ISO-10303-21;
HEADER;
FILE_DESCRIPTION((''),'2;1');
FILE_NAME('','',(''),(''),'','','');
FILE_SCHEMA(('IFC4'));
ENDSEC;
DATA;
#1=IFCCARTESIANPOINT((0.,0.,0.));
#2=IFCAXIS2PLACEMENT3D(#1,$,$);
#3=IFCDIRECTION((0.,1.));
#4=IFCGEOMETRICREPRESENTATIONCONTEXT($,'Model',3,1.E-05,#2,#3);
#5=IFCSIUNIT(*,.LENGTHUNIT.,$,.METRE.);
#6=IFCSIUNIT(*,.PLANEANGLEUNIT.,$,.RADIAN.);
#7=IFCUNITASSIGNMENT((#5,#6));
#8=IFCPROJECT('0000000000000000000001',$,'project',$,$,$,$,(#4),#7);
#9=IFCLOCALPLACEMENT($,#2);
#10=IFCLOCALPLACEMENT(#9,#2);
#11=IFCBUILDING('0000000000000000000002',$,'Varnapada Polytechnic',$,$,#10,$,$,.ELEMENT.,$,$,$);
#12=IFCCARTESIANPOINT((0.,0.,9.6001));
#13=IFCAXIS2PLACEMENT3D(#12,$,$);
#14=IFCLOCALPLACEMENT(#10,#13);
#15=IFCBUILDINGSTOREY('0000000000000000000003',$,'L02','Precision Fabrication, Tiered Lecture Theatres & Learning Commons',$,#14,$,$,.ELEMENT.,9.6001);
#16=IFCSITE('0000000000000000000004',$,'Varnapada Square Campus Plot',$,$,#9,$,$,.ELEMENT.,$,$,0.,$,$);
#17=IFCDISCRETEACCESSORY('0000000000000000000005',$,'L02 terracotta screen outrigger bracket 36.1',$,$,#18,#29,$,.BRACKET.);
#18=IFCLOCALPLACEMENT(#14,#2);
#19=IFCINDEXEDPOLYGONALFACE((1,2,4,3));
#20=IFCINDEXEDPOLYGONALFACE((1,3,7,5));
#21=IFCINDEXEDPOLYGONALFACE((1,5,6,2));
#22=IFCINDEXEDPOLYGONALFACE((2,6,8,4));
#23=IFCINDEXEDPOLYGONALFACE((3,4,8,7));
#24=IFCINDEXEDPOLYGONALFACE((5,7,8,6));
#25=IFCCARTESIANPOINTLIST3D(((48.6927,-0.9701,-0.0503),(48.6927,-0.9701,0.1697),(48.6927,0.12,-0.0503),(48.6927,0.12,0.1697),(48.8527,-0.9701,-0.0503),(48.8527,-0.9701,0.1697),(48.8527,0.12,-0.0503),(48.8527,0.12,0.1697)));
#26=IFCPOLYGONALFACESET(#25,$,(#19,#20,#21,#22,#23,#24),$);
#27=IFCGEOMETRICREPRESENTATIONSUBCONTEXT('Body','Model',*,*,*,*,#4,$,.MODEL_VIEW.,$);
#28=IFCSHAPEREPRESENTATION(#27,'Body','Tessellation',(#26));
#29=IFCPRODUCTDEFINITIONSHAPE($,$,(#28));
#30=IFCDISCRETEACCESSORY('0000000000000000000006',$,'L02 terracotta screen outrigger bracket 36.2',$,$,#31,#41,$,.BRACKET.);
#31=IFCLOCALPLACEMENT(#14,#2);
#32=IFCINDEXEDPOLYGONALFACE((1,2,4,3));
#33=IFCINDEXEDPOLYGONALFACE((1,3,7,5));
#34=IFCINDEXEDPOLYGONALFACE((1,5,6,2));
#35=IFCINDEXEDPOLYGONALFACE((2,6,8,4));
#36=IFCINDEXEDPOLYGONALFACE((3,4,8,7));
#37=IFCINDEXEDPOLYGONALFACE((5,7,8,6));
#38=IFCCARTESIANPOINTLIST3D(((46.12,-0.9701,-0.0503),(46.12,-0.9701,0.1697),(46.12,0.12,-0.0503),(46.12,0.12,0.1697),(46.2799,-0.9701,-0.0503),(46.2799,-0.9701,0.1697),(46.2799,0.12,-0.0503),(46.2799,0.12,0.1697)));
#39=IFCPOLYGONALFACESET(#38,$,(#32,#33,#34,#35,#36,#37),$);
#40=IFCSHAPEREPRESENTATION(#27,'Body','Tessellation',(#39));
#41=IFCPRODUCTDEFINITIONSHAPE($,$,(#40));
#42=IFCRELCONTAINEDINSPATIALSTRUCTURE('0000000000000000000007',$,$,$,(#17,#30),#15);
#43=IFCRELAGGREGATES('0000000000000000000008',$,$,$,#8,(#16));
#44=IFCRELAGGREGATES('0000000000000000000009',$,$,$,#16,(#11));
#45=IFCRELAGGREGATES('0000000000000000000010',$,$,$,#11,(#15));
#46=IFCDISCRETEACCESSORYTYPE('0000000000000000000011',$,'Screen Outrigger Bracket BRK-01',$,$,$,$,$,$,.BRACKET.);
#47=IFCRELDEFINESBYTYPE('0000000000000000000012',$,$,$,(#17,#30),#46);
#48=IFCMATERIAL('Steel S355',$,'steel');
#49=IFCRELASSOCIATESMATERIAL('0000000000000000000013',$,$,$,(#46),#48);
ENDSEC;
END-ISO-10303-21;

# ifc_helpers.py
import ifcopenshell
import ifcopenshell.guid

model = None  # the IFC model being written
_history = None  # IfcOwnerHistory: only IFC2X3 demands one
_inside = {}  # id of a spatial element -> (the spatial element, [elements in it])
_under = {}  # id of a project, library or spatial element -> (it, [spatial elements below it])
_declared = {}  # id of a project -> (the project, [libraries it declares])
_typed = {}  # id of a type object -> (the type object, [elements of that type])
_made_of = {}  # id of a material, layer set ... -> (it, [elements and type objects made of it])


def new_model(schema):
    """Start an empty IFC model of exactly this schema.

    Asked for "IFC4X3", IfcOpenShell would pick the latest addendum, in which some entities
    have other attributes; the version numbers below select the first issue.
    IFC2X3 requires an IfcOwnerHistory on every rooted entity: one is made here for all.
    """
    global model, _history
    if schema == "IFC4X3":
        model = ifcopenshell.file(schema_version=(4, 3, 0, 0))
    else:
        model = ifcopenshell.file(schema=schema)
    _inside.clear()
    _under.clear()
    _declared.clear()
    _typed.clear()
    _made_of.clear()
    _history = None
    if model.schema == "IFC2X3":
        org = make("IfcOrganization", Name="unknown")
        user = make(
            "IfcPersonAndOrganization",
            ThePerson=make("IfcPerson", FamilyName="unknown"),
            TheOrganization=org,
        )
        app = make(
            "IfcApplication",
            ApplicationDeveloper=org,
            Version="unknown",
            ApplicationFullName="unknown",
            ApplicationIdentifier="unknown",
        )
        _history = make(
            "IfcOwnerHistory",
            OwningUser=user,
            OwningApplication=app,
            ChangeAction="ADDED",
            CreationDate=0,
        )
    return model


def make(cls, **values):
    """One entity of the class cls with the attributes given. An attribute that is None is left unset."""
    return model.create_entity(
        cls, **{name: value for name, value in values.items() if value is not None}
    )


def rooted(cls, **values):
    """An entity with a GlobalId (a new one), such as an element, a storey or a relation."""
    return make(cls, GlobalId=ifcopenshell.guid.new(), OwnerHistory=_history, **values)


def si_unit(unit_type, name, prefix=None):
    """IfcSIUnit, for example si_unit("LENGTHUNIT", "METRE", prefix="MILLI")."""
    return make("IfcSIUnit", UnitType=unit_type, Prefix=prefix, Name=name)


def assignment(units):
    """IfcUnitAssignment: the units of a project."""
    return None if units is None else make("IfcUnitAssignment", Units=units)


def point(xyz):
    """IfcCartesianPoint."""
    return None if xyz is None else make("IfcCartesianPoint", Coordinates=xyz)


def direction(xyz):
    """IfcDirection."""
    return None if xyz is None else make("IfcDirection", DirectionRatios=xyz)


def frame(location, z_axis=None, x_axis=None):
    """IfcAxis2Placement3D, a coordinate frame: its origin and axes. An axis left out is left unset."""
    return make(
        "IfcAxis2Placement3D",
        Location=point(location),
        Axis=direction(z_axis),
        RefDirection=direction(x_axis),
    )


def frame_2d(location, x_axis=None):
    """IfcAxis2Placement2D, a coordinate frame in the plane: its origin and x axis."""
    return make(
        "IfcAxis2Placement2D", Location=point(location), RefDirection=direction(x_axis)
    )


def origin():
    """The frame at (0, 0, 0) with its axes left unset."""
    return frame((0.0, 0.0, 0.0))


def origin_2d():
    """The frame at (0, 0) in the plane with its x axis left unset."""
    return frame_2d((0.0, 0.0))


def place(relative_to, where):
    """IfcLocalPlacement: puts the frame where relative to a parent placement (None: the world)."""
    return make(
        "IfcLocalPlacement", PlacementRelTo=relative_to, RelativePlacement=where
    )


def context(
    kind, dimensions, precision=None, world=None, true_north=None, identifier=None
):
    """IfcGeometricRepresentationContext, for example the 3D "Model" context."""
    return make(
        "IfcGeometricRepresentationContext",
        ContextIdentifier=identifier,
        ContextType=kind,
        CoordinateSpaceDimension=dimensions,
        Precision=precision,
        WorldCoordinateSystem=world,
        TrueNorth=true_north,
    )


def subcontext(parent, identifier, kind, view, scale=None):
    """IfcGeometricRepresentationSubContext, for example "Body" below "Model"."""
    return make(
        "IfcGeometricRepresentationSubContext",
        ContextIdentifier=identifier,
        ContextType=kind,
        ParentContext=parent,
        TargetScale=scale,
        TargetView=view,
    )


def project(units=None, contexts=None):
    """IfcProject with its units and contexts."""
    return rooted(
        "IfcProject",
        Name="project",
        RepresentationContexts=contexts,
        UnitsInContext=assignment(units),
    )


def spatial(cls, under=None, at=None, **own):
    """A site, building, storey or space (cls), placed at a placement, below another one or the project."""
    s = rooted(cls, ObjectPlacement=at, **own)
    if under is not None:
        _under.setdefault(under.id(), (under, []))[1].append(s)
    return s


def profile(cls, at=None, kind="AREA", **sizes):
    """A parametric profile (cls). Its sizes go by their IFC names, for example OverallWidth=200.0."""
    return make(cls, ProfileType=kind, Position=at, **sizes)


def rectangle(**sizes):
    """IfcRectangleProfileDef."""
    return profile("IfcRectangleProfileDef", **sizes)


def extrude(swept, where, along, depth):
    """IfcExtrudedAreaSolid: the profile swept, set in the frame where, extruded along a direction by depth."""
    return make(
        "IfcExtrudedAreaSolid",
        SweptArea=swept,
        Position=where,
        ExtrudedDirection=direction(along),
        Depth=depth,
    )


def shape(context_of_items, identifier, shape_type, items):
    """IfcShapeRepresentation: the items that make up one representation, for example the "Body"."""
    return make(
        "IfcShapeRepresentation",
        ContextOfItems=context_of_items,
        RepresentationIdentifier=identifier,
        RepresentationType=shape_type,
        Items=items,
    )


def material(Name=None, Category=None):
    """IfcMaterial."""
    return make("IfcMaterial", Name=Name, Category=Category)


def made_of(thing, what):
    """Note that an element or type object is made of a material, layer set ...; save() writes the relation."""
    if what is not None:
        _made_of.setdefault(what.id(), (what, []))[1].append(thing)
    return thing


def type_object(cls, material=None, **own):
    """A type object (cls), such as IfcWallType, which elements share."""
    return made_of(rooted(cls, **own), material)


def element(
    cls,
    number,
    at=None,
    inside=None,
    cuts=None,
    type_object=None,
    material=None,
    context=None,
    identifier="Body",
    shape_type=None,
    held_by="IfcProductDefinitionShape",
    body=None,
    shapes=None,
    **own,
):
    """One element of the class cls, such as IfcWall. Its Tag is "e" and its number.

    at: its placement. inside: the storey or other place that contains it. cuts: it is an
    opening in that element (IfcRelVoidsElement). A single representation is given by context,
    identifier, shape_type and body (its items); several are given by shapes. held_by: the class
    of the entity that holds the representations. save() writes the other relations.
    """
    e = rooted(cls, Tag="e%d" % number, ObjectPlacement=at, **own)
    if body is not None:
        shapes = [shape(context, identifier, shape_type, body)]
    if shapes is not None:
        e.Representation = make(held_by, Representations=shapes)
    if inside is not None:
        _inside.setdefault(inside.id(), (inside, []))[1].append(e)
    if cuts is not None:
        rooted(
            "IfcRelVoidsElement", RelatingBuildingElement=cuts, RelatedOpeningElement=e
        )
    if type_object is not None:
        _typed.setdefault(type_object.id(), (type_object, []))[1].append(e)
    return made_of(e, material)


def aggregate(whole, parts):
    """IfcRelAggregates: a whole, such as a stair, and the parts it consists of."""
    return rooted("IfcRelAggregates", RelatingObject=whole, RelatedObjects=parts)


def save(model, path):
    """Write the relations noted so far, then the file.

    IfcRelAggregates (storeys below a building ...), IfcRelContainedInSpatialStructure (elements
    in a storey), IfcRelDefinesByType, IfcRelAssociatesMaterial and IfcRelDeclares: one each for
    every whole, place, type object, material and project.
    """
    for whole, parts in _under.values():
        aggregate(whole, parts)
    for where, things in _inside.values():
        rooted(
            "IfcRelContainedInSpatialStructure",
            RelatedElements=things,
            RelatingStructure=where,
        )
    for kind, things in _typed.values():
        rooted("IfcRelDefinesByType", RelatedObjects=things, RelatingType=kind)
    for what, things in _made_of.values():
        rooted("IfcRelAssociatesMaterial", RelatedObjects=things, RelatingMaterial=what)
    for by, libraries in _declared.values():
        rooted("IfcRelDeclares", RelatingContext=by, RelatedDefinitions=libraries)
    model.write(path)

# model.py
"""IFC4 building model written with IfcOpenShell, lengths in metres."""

from ifc_helpers import new_model, si_unit, direction, frame, origin, origin_2d, place, context, subcontext, project, spatial, rectangle, extrude, material, type_object, element, save


model = new_model("IFC4")

# Units and contexts
model_context = context("Model", 3, precision=1e-05, world=origin(), true_north=direction((0.0, 1.0)))
body_context = subcontext(model_context, "Body", "Model", "MODEL_VIEW")
ifc_project = project(units=[si_unit("LENGTHUNIT", "METRE"), si_unit("PLANEANGLEUNIT", "RADIAN")], contexts=[model_context])

# Site, building, storey
site_placement = place(None, origin())
site = spatial("IfcSite", under=ifc_project, at=site_placement, Name="Varnapada Square Campus Plot", CompositionType="ELEMENT", RefElevation=0.0)
building_placement = place(site_placement, origin())
building = spatial("IfcBuilding", under=site, at=building_placement, Name="Varnapada Polytechnic", CompositionType="ELEMENT")
storey_placement = place(building_placement, frame((0.0, 0.0, 9.6001)))
storey = spatial("IfcBuildingStorey", under=building, at=storey_placement, Name="L02", Description="Precision Fabrication, Tiered Lecture Theatres & Learning Commons", CompositionType="ELEMENT", Elevation=9.6001)

# Discrete accessories
ifc_material_1 = material(Name="Steel S355", Category="steel")
discrete_accessory_type = type_object("IfcDiscreteAccessoryType", Name="Screen Outrigger Bracket BRK-01", PredefinedType="BRACKET", material=ifc_material_1)
for number, where, z_axis, x_axis, name in (
    (1, (48.7727, -0.425, -0.0503), (0.0, 0.0, 1.0), (-1.0, 0.0, 0.0), "L02 terracotta screen outrigger bracket 36.1"),
    (2, (46.2, -0.425, -0.0503), (0.0, 0.0, 1.0), (-1.0, 0.0, 0.0), "L02 terracotta screen outrigger bracket 36.2"),
):
    element("IfcDiscreteAccessory", number, at=place(storey_placement, frame(where, z_axis=z_axis, x_axis=x_axis)), inside=storey, type_object=discrete_accessory_type, Name=name, PredefinedType="BRACKET", context=body_context, shape_type="SweptSolid", body=[
        extrude(rectangle(XDim=0.1599, YDim=1.0901, at=origin_2d()), origin(), (0.0, 0.0, 1.0), 0.22),
    ])

save(model, "model.ifc")
